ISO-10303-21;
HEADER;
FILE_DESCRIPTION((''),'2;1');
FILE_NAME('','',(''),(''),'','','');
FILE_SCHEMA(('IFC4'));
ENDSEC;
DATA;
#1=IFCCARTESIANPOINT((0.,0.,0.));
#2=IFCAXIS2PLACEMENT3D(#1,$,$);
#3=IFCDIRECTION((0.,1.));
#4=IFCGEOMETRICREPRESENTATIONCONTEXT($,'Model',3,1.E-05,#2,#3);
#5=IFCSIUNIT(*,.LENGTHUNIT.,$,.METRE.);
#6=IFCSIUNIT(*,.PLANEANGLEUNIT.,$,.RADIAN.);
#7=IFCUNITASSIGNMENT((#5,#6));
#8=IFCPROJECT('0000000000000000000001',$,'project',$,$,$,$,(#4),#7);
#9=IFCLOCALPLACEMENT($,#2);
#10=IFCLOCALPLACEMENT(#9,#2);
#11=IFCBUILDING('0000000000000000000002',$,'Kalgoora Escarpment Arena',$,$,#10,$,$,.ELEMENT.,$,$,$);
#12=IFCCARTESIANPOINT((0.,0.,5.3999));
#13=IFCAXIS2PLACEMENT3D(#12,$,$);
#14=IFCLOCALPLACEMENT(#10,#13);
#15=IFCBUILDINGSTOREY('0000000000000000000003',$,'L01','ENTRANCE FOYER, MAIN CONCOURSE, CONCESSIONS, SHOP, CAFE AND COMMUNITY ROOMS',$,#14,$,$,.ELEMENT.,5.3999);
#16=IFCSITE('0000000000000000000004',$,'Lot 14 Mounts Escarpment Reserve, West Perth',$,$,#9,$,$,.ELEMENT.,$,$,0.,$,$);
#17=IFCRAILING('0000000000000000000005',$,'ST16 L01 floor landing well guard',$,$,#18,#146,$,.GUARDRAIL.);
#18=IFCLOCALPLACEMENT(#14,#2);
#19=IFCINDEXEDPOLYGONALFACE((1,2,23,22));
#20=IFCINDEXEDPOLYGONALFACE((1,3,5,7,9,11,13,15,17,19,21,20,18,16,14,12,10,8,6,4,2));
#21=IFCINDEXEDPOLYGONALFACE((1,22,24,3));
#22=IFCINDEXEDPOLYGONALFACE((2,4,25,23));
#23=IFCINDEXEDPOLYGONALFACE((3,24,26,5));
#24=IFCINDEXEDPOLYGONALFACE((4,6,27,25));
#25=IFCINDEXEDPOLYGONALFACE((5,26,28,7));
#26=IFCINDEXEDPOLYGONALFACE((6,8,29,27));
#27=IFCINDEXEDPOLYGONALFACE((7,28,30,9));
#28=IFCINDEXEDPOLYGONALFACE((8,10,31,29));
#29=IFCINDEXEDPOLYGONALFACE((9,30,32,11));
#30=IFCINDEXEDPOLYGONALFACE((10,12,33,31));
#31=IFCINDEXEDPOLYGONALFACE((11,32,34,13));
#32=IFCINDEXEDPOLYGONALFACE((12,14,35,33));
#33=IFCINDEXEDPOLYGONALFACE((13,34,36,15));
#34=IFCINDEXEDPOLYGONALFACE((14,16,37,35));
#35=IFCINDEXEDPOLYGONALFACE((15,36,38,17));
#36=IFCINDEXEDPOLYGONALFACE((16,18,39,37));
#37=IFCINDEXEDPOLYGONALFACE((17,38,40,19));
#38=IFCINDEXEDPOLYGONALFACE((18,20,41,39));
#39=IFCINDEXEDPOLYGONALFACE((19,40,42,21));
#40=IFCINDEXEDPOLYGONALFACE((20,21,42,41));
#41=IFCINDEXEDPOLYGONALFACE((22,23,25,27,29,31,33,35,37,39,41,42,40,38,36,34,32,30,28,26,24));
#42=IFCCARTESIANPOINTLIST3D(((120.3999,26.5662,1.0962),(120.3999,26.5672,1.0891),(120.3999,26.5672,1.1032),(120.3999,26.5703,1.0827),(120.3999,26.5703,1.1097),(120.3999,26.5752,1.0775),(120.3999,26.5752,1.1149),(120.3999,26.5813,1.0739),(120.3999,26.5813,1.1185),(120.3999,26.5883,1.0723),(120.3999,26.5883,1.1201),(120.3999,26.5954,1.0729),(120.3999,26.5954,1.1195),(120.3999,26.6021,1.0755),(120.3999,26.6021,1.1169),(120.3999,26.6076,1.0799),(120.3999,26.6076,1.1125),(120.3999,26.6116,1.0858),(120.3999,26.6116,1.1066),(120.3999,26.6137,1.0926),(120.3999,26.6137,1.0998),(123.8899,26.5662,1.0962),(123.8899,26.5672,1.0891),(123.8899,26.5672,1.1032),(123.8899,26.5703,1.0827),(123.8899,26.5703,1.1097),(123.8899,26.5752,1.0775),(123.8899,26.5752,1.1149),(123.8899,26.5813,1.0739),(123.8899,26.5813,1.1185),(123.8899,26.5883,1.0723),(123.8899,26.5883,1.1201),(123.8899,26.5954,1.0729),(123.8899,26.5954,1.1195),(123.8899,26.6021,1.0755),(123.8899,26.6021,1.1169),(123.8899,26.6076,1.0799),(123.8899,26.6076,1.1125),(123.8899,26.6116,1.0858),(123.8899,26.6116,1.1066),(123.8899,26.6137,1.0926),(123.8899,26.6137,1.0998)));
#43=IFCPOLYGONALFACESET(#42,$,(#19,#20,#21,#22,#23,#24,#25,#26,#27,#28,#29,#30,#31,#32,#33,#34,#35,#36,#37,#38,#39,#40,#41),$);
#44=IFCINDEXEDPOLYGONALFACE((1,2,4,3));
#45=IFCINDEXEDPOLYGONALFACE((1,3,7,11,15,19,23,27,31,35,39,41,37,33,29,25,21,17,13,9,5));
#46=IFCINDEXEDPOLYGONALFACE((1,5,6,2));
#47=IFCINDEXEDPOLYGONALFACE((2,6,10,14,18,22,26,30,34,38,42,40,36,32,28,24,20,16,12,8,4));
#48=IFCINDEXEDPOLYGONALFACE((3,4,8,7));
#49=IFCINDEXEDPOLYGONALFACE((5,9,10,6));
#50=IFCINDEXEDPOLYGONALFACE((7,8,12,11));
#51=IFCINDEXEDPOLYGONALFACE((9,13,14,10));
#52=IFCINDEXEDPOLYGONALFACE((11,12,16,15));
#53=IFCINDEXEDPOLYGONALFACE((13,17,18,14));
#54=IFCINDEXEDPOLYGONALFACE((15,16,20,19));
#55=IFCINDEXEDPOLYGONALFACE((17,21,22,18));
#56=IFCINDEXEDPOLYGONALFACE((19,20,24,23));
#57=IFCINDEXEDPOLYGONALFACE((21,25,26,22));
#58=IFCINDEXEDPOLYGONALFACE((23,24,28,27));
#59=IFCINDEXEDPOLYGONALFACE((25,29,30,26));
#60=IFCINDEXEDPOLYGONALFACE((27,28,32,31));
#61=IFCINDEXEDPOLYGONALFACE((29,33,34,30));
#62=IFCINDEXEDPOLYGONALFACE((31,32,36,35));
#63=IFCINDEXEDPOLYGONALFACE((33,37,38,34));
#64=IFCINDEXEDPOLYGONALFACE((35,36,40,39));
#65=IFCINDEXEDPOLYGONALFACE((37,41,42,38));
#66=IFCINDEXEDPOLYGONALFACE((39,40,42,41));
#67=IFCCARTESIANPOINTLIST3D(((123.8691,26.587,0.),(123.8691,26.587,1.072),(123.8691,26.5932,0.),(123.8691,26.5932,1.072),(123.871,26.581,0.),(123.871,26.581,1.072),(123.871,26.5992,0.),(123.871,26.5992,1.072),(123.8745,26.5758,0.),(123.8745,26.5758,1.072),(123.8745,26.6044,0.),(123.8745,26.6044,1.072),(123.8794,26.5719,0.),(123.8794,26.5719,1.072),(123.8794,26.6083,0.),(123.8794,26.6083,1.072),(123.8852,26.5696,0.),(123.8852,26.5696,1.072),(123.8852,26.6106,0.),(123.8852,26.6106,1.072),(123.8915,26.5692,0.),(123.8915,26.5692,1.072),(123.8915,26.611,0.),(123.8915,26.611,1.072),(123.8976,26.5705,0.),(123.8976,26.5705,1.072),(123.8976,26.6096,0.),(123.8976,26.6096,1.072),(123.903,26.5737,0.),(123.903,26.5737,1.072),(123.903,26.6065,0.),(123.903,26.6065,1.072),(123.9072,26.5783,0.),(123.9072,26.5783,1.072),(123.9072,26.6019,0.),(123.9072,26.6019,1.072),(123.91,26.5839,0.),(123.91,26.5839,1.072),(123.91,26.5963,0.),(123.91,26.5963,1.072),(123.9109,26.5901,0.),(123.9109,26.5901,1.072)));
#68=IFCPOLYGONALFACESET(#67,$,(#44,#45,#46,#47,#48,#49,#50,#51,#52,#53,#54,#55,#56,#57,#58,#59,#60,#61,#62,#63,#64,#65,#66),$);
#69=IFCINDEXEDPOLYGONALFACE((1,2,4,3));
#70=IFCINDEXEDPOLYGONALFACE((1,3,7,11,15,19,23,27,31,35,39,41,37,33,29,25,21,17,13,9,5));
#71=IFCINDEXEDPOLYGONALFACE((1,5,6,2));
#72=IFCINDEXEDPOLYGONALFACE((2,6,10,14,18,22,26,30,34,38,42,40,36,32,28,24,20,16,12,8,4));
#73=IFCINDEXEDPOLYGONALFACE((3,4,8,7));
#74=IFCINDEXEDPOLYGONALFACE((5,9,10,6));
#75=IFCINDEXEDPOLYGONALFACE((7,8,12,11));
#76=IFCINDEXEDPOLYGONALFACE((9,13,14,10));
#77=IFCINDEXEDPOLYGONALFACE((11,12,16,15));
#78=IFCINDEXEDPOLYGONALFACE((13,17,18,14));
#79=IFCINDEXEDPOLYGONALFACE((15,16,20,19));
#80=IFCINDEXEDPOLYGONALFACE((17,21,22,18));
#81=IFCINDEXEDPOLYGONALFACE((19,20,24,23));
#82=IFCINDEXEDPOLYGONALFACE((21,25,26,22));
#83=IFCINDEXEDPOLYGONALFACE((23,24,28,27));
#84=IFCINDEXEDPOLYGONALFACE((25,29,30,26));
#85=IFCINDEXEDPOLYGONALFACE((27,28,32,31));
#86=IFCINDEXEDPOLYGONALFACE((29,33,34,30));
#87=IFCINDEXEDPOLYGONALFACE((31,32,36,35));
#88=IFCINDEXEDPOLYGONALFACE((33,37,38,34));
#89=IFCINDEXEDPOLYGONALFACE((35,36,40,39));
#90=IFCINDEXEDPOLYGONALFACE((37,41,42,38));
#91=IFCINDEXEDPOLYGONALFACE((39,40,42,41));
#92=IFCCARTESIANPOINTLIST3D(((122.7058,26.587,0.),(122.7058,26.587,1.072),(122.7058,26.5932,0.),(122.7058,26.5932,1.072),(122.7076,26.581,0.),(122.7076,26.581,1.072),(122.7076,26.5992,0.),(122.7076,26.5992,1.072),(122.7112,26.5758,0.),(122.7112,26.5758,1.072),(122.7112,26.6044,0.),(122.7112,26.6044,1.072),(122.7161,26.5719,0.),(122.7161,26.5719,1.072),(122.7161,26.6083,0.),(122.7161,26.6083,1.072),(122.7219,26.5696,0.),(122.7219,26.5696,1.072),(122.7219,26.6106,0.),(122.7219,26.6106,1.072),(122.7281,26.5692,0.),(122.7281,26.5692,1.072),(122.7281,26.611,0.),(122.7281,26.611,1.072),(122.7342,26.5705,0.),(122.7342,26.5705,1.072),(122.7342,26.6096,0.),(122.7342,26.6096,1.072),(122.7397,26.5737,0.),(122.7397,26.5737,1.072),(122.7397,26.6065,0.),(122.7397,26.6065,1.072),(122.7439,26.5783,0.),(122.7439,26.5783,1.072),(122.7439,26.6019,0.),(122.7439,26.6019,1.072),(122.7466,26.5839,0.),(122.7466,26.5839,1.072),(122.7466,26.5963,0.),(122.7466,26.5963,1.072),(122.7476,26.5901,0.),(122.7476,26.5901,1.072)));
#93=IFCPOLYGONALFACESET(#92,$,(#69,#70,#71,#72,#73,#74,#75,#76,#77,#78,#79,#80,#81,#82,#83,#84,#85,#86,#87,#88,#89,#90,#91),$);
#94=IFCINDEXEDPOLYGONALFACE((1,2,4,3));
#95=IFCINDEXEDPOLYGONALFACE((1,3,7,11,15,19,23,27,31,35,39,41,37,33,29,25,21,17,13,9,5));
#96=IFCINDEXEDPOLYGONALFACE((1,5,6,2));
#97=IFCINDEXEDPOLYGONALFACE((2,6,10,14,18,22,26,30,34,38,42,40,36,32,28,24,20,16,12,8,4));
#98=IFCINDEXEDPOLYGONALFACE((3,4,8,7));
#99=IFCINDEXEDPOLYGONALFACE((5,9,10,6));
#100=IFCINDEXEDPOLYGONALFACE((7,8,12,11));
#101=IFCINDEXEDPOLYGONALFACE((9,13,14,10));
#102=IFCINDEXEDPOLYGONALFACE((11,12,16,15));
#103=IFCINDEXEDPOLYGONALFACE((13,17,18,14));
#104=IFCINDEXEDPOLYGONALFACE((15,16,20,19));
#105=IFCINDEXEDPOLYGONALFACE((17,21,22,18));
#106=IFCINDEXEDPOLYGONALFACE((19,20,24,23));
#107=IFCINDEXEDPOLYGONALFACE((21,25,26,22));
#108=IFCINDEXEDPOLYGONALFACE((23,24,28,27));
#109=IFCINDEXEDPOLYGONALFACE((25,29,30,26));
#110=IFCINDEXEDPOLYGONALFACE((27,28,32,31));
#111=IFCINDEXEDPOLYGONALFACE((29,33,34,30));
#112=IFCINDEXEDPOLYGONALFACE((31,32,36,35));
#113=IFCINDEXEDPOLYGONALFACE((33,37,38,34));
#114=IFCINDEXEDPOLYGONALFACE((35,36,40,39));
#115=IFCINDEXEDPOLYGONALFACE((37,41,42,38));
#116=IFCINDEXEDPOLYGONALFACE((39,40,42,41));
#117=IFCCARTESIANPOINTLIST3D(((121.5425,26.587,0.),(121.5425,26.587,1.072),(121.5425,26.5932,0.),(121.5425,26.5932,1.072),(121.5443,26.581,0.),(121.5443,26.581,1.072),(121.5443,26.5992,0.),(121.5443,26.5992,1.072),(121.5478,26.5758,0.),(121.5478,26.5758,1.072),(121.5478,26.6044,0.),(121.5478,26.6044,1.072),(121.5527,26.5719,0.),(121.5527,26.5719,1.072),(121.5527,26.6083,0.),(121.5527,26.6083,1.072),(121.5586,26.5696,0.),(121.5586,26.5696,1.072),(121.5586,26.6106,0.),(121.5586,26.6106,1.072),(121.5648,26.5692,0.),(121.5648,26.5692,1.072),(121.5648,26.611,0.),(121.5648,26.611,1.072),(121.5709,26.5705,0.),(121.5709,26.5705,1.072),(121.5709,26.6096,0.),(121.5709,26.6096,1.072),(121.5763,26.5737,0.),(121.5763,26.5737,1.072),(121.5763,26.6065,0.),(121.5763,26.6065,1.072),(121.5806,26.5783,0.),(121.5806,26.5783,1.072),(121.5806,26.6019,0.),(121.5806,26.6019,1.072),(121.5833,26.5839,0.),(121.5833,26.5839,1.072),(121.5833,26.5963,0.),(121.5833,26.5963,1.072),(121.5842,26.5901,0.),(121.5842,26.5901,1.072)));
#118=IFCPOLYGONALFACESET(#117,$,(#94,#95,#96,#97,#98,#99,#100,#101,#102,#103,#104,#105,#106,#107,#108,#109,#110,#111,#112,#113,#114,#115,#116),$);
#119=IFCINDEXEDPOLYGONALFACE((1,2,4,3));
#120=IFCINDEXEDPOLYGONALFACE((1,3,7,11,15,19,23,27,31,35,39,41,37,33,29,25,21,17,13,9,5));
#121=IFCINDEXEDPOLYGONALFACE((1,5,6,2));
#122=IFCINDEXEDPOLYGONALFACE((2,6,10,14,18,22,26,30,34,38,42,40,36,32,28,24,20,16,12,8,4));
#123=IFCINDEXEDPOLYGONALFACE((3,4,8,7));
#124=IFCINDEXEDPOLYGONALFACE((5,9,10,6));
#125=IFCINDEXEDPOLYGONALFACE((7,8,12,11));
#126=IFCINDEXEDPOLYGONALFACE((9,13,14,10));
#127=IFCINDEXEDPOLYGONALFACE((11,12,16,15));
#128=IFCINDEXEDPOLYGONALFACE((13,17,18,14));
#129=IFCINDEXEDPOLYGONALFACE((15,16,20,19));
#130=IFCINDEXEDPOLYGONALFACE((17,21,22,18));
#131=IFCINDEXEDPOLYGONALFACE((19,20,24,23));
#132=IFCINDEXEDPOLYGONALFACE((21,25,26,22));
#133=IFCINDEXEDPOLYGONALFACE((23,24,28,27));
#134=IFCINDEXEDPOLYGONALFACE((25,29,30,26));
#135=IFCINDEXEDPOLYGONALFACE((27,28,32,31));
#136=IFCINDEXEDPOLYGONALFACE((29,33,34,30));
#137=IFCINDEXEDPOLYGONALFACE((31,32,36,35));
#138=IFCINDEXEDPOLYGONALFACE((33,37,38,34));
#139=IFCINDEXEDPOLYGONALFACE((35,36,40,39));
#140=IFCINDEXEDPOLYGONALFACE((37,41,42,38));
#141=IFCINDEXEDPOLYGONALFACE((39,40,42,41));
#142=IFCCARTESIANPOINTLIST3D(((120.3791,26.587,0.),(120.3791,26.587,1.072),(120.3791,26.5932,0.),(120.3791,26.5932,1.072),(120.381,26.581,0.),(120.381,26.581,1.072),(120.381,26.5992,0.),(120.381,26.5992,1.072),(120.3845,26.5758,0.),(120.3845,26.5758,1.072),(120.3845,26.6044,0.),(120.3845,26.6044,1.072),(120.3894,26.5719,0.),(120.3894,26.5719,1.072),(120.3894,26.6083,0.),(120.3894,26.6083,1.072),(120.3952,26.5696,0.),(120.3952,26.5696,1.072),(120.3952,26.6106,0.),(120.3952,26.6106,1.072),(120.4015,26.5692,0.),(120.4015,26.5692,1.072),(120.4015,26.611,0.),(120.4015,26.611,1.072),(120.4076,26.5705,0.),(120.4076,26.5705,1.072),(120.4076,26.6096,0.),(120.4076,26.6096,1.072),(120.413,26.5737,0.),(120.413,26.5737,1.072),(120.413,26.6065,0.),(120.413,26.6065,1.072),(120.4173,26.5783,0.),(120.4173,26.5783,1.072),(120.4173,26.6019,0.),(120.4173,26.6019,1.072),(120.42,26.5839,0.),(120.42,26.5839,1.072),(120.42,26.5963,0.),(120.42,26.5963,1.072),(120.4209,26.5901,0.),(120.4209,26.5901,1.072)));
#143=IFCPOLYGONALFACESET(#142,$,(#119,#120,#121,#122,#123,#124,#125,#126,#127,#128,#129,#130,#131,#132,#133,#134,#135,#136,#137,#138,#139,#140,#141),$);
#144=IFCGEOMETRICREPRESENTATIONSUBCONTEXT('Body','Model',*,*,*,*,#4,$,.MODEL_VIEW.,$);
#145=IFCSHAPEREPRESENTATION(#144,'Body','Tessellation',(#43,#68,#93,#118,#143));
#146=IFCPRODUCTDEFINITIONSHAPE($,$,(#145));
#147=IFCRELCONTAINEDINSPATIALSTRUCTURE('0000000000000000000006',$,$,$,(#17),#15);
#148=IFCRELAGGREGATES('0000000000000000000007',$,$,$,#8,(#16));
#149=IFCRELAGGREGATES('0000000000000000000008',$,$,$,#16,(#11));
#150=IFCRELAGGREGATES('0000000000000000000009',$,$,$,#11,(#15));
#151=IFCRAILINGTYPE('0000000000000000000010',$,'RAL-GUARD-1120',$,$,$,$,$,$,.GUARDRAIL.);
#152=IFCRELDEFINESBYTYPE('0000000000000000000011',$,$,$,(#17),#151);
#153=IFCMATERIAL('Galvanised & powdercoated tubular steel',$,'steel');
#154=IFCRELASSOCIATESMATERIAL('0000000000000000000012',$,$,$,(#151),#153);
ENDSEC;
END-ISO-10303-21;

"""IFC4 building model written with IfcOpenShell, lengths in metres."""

from ifc_helpers import new_model, si_unit, direction, frame, origin, origin_2d, place, context, subcontext, project, spatial, circle, extrude, material, type_object, element, save


model = new_model("IFC4")

# Units and contexts
model_context = context("Model", 3, precision=1e-05, world=origin(), true_north=direction((0.0, 1.0)))
body_context = subcontext(model_context, "Body", "Model", "MODEL_VIEW")
ifc_project = project(units=[si_unit("LENGTHUNIT", "METRE"), si_unit("PLANEANGLEUNIT", "RADIAN")], contexts=[model_context])

# Site, building, storey
site_placement = place(None, origin())
site = spatial("IfcSite", under=ifc_project, at=site_placement, Name="Lot 14 Mounts Escarpment Reserve, West Perth", CompositionType="ELEMENT", RefElevation=0.0)
building_placement = place(site_placement, origin())
building = spatial("IfcBuilding", under=site, at=building_placement, Name="Kalgoora Escarpment Arena", CompositionType="ELEMENT")
storey_placement = place(building_placement, frame((0.0, 0.0, 5.3999)))
storey = spatial("IfcBuildingStorey", under=building, at=storey_placement, Name="L01", Description="ENTRANCE FOYER, MAIN CONCOURSE, CONCESSIONS, SHOP, CAFE AND COMMUNITY ROOMS", CompositionType="ELEMENT", Elevation=5.3999)

# Railing
ifc_material_1 = material(Name="Galvanised & powdercoated tubular steel", Category="steel")
railing_type_1 = type_object("IfcRailingType", Name="RAL-GUARD-1120", PredefinedType="GUARDRAIL", material=ifc_material_1)
railing_1_placement = place(storey_placement, frame((123.8899, 26.5901, 0.0)))
element("IfcRailing", 1, at=railing_1_placement, inside=storey, type_object=railing_type_1, Name="ST16 L01 floor landing well guard", PredefinedType="GUARDRAIL", context=body_context, shape_type="SweptSolid", body=[
    extrude(circle(Radius=0.0239, at=origin_2d()), frame((0.0, 0.0, 1.0962), z_axis=(-1.0, 0.0, 0.0), x_axis=(0.0, -1.0, 0.0)), (0.0, 0.0, 1.0), 3.49),
    extrude(circle(Radius=0.021, at=origin_2d()), origin(), (0.0, 0.0, 1.0), 1.072),
    extrude(circle(Radius=0.021, at=origin_2d()), frame((-1.1633, 0.0, 0.0)), (0.0, 0.0, 1.0), 1.072),
    extrude(circle(Radius=0.021, at=origin_2d()), frame((-2.3267, 0.0, 0.0)), (0.0, 0.0, 1.0), 1.072),
    extrude(circle(Radius=0.021, at=origin_2d()), frame((-3.49, 0.0, 0.0)), (0.0, 0.0, 1.0), 1.072),
])

save(model, "model.ifc")
